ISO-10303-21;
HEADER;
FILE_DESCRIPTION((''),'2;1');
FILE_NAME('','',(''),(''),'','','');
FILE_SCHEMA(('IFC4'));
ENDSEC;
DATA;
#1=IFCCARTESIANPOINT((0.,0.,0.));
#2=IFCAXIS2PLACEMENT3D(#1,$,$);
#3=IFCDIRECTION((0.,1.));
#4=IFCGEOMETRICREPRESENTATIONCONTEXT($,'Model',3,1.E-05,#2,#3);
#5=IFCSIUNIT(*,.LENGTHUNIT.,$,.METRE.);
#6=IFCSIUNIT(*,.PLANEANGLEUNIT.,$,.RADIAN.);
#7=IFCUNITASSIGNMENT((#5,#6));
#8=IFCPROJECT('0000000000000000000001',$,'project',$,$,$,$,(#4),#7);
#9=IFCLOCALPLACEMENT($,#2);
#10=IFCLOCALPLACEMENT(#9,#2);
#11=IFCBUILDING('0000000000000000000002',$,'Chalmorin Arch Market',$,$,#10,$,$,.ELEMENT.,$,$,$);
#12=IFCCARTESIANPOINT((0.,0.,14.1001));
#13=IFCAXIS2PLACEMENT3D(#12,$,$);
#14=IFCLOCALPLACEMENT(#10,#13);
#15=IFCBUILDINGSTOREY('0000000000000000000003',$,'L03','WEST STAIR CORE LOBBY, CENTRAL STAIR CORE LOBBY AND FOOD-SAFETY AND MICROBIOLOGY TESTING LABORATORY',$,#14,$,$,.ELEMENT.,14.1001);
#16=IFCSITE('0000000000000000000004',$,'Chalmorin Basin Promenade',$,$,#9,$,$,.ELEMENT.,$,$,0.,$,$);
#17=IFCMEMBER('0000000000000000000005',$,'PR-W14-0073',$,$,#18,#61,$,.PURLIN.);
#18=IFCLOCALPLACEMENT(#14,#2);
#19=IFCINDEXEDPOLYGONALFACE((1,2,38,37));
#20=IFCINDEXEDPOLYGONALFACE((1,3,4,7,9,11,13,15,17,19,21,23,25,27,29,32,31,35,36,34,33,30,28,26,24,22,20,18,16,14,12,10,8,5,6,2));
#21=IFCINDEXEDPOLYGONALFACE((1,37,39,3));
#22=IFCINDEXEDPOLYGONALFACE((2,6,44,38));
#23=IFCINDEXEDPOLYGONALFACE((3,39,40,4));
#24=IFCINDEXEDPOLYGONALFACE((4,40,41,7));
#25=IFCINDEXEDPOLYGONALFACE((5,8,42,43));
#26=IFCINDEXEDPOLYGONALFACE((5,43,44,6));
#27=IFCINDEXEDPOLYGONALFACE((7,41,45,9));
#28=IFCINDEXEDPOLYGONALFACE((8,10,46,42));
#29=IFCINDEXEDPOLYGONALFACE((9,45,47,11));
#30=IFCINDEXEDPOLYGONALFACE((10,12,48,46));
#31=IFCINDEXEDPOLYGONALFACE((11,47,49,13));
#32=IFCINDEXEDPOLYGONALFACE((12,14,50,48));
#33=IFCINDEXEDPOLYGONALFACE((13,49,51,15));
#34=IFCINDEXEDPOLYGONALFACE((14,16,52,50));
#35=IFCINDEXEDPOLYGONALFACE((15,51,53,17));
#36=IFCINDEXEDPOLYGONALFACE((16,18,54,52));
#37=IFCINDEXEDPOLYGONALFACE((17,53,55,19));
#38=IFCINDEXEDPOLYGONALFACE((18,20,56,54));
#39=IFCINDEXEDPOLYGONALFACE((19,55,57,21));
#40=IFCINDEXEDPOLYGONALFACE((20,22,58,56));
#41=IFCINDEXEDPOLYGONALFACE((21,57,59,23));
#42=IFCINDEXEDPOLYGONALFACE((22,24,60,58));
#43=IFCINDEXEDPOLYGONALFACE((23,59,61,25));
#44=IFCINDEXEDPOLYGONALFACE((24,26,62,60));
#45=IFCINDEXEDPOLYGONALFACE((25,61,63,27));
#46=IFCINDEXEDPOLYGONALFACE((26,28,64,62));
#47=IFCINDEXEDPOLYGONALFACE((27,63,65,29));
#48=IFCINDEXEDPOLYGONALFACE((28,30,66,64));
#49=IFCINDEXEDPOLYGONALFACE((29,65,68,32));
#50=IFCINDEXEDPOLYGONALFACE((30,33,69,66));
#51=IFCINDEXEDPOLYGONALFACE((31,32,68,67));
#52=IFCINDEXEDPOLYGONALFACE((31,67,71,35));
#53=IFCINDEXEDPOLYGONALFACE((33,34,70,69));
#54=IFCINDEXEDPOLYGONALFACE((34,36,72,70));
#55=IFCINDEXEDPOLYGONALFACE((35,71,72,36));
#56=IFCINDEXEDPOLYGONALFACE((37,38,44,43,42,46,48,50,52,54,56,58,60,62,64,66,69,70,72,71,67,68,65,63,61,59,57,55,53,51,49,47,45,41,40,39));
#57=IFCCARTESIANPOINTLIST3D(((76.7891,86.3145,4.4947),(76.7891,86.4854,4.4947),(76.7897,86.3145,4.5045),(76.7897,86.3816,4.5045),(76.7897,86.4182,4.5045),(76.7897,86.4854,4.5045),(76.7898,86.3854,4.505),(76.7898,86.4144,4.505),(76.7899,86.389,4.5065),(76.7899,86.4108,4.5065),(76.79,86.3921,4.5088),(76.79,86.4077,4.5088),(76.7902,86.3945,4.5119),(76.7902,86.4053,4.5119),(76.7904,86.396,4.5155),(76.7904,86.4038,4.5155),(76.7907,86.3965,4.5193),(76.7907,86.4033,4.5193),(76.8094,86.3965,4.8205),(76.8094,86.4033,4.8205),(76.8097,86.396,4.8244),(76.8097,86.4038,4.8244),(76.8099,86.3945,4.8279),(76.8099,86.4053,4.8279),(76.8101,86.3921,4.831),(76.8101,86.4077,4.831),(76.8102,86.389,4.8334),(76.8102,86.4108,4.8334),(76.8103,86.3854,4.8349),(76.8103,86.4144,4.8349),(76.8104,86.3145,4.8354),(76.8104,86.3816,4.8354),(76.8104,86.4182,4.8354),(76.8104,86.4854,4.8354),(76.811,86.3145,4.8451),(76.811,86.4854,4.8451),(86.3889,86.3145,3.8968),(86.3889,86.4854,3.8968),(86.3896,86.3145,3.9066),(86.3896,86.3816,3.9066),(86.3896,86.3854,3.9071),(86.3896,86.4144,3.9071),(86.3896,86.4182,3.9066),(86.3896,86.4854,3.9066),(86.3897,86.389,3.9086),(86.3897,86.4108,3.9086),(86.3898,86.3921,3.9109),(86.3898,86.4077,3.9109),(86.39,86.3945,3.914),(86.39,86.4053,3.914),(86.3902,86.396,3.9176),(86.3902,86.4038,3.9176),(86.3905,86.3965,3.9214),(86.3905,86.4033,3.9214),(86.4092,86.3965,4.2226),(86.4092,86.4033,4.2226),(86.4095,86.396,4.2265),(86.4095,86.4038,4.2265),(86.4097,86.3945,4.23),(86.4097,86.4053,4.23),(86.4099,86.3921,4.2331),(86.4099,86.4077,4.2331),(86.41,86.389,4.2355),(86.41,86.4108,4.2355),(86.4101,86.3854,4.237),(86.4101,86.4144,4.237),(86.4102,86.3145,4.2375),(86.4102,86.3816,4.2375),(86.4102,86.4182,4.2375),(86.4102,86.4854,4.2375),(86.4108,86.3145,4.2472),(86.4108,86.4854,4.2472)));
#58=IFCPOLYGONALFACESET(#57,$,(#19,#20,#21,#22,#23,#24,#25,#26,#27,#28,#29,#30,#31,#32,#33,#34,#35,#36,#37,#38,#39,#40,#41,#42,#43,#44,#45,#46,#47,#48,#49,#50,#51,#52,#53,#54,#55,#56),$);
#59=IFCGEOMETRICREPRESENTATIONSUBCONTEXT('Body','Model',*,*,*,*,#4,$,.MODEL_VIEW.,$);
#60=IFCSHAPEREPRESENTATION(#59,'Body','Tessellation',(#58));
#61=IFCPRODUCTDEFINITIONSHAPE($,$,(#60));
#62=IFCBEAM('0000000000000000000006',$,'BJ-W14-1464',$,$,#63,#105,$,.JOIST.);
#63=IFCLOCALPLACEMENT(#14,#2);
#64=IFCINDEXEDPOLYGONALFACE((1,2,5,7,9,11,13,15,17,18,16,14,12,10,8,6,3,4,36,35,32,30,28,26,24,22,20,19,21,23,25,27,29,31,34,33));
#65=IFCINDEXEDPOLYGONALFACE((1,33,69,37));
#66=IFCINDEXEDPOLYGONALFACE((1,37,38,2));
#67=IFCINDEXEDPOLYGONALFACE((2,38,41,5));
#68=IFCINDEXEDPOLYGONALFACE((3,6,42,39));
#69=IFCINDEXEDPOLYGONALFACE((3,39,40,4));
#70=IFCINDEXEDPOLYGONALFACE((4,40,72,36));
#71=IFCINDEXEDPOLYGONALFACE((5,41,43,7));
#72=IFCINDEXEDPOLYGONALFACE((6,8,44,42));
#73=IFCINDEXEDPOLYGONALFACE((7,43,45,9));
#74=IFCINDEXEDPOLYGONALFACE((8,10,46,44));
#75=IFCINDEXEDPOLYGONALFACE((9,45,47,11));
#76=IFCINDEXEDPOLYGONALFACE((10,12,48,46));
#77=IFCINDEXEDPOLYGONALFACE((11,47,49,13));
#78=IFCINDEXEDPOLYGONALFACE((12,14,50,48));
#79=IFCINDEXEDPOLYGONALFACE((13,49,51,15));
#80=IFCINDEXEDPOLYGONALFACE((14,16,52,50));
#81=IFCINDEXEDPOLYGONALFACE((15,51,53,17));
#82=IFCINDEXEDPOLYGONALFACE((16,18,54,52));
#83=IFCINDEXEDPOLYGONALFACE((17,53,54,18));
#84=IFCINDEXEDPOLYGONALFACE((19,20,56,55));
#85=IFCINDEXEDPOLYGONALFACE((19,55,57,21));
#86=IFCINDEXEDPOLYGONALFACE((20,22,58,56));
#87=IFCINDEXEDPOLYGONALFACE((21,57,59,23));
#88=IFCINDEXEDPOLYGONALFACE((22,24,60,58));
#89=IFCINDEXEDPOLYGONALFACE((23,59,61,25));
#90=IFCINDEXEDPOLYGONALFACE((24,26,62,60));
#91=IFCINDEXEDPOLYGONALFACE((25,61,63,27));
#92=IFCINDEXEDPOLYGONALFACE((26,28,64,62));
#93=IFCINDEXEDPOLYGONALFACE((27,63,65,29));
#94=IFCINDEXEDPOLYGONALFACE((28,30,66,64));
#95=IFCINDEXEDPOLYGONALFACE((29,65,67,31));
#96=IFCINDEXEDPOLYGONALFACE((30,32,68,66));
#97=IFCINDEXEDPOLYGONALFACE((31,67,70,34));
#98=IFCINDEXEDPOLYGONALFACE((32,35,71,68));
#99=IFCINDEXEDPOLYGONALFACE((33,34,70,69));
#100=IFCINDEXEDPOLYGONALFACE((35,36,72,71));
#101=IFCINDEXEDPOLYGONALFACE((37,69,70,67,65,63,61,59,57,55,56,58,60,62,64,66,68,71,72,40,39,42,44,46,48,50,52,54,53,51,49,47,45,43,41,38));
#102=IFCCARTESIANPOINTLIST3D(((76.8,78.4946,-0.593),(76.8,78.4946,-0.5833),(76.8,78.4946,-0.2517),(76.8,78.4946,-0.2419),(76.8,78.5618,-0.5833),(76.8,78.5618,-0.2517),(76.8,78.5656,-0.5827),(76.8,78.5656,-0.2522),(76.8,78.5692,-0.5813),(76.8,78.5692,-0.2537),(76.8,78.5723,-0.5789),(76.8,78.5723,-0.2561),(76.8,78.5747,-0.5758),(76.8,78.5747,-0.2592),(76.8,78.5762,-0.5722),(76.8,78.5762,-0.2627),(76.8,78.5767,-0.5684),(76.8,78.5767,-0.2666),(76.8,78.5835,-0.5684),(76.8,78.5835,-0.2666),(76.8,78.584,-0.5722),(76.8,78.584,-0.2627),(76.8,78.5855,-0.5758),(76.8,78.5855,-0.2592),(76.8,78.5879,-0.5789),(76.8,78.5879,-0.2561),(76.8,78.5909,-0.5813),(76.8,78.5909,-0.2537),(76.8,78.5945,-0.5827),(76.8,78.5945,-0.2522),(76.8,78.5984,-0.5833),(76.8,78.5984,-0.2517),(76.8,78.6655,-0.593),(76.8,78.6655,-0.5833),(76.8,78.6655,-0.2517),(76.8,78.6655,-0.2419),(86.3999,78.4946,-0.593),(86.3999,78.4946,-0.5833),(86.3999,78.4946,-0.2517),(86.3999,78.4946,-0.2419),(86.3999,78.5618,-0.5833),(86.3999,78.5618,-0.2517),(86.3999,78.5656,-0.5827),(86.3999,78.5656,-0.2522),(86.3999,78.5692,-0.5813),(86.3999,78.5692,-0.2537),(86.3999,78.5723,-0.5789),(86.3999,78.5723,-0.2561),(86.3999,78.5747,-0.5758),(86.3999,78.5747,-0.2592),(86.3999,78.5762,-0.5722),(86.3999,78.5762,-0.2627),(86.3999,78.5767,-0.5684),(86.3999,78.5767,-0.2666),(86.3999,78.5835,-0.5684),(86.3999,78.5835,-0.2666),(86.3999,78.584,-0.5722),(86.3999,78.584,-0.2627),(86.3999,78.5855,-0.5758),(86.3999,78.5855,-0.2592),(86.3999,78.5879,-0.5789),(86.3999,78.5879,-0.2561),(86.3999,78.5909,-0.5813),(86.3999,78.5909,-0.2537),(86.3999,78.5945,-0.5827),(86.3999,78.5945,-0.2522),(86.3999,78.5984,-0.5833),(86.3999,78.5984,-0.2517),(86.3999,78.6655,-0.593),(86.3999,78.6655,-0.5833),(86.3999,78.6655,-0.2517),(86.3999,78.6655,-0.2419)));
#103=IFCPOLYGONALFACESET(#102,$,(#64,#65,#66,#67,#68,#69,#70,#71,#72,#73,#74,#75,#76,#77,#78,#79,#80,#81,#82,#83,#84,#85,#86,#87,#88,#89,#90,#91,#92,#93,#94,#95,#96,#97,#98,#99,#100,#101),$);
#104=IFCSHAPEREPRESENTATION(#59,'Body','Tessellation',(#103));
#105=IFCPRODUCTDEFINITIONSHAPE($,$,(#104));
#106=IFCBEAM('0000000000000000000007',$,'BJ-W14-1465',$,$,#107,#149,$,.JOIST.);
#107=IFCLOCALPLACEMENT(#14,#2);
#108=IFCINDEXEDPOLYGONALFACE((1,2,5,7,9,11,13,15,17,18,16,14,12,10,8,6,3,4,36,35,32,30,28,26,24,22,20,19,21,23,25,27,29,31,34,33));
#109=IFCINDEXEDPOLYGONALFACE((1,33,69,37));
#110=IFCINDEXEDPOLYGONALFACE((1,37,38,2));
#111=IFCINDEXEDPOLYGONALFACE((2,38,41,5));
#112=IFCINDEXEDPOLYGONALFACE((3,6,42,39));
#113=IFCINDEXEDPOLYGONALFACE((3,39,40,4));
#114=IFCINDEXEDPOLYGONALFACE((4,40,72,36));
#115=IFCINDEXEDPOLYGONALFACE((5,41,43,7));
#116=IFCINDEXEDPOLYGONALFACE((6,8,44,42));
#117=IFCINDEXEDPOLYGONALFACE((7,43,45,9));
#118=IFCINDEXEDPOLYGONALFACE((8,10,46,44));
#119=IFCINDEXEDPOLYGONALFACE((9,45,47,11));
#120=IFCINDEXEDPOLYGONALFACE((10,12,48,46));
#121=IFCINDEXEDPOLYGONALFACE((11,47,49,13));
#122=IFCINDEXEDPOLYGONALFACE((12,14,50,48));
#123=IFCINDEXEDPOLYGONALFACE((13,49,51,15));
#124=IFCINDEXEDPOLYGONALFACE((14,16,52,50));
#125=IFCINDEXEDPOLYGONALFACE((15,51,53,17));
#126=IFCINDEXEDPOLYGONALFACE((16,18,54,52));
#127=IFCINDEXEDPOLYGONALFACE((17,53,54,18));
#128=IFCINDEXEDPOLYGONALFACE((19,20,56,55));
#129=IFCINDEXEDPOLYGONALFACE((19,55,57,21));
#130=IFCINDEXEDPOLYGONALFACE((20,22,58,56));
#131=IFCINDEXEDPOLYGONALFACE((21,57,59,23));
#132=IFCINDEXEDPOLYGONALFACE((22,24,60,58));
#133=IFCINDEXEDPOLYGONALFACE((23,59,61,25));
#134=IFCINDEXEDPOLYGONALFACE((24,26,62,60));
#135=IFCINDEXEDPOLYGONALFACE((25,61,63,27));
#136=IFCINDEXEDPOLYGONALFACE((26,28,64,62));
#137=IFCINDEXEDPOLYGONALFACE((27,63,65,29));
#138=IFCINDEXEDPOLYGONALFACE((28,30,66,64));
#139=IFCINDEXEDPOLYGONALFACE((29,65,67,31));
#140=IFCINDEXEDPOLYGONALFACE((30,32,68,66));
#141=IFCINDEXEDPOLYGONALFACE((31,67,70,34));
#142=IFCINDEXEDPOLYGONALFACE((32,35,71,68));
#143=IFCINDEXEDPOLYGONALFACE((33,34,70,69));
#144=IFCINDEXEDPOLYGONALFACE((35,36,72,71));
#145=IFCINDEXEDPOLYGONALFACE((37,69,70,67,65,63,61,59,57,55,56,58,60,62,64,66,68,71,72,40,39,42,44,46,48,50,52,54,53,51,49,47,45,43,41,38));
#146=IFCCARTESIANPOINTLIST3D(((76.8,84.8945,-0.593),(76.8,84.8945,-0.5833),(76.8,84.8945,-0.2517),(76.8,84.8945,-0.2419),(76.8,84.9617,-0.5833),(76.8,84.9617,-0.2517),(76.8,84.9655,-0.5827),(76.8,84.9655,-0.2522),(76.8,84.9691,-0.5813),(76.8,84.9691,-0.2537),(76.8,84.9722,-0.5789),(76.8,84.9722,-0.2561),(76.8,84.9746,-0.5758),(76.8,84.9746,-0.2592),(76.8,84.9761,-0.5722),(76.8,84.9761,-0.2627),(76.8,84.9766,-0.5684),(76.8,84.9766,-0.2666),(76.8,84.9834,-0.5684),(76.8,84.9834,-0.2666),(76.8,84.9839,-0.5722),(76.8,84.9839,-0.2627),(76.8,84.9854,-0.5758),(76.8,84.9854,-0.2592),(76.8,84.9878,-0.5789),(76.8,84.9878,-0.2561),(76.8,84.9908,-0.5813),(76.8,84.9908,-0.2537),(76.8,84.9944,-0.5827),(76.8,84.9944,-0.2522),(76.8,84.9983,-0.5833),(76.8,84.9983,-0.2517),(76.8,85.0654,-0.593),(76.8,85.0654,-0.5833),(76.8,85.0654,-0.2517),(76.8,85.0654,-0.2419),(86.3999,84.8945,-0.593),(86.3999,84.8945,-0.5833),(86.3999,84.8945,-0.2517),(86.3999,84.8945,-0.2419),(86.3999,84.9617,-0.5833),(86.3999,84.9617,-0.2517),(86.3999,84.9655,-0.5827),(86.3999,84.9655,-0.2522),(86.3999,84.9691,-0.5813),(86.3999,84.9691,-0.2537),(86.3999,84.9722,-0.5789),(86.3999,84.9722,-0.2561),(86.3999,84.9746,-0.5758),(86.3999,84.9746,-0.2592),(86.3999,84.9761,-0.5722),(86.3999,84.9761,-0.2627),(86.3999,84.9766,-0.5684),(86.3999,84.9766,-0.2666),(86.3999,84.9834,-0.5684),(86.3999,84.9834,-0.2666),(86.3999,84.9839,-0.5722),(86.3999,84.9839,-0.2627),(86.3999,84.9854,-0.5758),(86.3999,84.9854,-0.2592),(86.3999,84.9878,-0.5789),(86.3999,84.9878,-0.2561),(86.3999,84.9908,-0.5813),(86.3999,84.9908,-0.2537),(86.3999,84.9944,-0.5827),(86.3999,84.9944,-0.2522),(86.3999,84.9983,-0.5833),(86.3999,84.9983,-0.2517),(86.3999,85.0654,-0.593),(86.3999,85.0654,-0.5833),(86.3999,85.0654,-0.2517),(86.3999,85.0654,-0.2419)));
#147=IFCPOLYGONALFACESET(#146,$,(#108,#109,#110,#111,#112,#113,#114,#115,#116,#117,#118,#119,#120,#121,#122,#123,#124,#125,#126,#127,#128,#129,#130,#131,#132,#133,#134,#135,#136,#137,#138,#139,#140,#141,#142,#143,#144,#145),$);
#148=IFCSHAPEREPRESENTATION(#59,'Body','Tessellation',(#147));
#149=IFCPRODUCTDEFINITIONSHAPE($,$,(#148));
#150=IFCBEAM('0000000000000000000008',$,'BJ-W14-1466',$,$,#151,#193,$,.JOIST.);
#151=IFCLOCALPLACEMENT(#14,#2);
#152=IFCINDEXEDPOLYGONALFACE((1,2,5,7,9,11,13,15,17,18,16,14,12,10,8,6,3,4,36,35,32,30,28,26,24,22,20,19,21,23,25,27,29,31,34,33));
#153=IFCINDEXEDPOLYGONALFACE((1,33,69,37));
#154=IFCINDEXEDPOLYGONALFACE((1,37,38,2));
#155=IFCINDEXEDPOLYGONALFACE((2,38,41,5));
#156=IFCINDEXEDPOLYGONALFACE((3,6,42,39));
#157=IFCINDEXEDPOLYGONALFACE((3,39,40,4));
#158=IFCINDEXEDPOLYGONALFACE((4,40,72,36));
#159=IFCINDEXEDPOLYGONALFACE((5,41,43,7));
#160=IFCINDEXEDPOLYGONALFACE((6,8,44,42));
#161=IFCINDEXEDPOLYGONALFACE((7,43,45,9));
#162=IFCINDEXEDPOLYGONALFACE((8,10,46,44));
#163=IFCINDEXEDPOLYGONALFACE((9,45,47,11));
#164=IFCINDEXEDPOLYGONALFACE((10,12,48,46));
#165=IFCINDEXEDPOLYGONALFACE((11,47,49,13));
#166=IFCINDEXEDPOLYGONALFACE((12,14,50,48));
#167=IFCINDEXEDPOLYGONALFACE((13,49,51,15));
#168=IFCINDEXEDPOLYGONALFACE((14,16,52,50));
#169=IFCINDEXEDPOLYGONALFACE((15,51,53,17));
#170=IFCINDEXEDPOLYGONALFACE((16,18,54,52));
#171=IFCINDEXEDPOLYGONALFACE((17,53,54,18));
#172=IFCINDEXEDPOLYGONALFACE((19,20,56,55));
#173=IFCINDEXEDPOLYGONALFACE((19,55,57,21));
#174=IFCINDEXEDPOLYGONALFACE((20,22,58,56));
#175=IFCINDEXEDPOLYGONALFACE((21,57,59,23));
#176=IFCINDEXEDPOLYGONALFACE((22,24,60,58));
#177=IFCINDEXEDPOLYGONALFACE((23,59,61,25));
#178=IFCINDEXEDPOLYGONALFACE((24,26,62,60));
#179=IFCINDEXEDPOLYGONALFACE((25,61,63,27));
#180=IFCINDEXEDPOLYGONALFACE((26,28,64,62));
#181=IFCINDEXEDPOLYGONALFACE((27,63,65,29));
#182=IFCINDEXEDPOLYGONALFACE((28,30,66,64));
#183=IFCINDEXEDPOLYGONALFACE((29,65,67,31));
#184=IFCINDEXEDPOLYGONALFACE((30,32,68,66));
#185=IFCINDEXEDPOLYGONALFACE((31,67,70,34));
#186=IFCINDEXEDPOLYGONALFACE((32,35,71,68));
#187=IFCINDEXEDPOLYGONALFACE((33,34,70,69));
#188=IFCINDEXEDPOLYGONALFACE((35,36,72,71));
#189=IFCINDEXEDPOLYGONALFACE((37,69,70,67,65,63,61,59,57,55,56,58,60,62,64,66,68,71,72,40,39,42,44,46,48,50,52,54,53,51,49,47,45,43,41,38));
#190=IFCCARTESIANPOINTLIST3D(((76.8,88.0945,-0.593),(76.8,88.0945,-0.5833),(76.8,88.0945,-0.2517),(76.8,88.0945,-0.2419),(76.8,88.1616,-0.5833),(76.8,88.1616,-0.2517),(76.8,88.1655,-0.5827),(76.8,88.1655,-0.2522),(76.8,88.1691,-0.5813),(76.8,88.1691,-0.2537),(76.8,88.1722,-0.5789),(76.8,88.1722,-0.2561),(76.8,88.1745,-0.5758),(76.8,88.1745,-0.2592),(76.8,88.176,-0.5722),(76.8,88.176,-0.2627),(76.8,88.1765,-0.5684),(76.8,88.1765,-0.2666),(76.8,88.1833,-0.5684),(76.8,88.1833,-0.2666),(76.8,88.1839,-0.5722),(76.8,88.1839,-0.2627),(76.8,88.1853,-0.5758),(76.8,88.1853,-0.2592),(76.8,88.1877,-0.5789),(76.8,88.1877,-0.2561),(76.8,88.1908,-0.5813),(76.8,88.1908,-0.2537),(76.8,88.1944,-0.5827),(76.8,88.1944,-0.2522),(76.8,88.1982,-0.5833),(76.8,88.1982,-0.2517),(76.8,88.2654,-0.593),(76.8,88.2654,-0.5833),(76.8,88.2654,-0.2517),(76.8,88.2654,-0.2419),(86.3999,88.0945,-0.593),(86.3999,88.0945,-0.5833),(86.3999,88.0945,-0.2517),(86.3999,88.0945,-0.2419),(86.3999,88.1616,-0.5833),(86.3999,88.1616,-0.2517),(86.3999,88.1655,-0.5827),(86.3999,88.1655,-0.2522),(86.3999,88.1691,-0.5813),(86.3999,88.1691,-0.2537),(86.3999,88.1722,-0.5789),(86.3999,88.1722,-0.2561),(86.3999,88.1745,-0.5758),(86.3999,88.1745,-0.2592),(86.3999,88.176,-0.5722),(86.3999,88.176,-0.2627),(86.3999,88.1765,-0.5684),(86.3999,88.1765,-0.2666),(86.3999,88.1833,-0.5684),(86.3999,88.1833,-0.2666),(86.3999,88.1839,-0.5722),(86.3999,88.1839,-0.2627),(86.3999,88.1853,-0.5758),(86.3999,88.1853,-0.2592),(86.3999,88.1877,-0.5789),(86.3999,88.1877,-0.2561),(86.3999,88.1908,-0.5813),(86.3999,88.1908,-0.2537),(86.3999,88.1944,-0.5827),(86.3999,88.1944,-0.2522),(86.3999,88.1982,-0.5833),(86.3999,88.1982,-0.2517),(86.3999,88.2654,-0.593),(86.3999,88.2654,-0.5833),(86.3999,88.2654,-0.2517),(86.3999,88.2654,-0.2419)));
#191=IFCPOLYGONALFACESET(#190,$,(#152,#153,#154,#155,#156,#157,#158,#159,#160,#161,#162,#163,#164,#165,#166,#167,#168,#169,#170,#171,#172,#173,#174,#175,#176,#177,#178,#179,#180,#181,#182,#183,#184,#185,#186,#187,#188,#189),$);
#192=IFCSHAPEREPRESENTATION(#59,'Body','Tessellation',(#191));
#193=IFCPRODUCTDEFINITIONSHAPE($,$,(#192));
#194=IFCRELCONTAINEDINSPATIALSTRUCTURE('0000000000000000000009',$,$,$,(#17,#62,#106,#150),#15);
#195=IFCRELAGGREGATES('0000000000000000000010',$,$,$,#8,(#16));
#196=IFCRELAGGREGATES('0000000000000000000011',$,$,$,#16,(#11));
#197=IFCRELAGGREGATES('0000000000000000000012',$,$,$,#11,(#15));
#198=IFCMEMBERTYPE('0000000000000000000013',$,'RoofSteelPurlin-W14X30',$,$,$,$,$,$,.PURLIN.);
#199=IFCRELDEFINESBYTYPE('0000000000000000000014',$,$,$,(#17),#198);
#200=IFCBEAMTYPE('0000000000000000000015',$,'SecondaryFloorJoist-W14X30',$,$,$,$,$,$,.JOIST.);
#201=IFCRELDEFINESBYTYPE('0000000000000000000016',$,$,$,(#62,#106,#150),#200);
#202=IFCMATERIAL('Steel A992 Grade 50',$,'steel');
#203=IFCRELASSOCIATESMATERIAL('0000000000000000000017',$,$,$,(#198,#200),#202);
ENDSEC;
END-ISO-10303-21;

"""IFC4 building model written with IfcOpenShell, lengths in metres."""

from ifc_helpers import new_model, si_unit, direction, frame, origin, origin_2d, place, context, subcontext, project, spatial, i_section, extrude, material, material_profile, profile_set, type_object, element, save


model = new_model("IFC4")

# Units and contexts
model_context = context("Model", 3, precision=1e-05, world=origin(), true_north=direction((0.0, 1.0)))
body_context = subcontext(model_context, "Body", "Model", "MODEL_VIEW")
ifc_project = project(units=[si_unit("LENGTHUNIT", "METRE"), si_unit("PLANEANGLEUNIT", "RADIAN")], contexts=[model_context])

# Site, building, storey
site_placement = place(None, origin())
site = spatial("IfcSite", under=ifc_project, at=site_placement, Name="Chalmorin Basin Promenade", CompositionType="ELEMENT", RefElevation=0.0)
building_placement = place(site_placement, origin())
building = spatial("IfcBuilding", under=site, at=building_placement, Name="Chalmorin Arch Market", CompositionType="ELEMENT")
storey_placement = place(building_placement, frame((0.0, 0.0, 14.1001)))
storey = spatial("IfcBuildingStorey", under=building, at=storey_placement, Name="L03", Description="WEST STAIR CORE LOBBY, CENTRAL STAIR CORE LOBBY AND FOOD-SAFETY AND MICROBIOLOGY TESTING LABORATORY", CompositionType="ELEMENT", Elevation=14.1001)

# Shared definitions
ifc_material_1 = material(Name="Steel A992 Grade 50", Category="steel")

# Member
ifc_material_profile_1 = material_profile(ifc_material_1, i_section(OverallWidth=0.1709, OverallDepth=0.3511, WebThickness=0.0068, FlangeThickness=0.0098, FilletRadius=0.0149, at=origin_2d()), Name="W14X30")
ifc_profile_set_1 = profile_set([ifc_material_profile_1], Name="Steel A992 Grade 50")
member_type = type_object("IfcMemberType", Name="RoofSteelPurlin-W14X30", PredefinedType="PURLIN", material=ifc_profile_set_1)
member_1_placement = place(storey_placement, frame((76.8, 86.3999, 4.6699), z_axis=(0.998066, 0.0, -0.062162), x_axis=(0.0, 1.0, 0.0)))
element("IfcMember", 1, at=member_1_placement, inside=storey, type_object=member_type, Name="PR-W14-0073", PredefinedType="PURLIN", context=body_context, shape_type="SweptSolid", body=[
    extrude(i_section(OverallWidth=0.1709, OverallDepth=0.3511, WebThickness=0.0068, FlangeThickness=0.0098, FilletRadius=0.0149, at=origin_2d()), origin(), (0.0, 0.0, 1.0), 9.6184),
])

# Beams
ifc_material_profile_2 = material_profile(ifc_material_1, i_section(OverallWidth=0.1709, OverallDepth=0.3511, WebThickness=0.0068, FlangeThickness=0.0098, FilletRadius=0.0149, at=origin_2d()), Name="W14X30")
ifc_profile_set_2 = profile_set([ifc_material_profile_2], Name="Steel A992 Grade 50")
beam_type_1 = type_object("IfcBeamType", Name="SecondaryFloorJoist-W14X30", PredefinedType="JOIST", material=ifc_profile_set_2)
for number, where, z_axis, x_axis, name in (
    (2, (76.8, 78.5801, -0.4175), (1.0, 0.0, 0.0), (0.0, 1.0, 0.0), "BJ-W14-1464"),
    (3, (76.8, 84.98, -0.4175), (1.0, 0.0, 0.0), (0.0, 1.0, 0.0), "BJ-W14-1465"),
    (4, (76.8, 88.1799, -0.4175), (1.0, 0.0, 0.0), (0.0, 1.0, 0.0), "BJ-W14-1466"),
):
    element("IfcBeam", number, at=place(storey_placement, frame(where, z_axis=z_axis, x_axis=x_axis)), inside=storey, type_object=beam_type_1, Name=name, PredefinedType="JOIST", context=body_context, shape_type="SweptSolid", body=[
        extrude(i_section(OverallWidth=0.1709, OverallDepth=0.3511, WebThickness=0.0068, FlangeThickness=0.0098, FilletRadius=0.0149, at=origin_2d()), origin(), (0.0, 0.0, 1.0), 9.5999),
    ])

save(model, "model.ifc")
